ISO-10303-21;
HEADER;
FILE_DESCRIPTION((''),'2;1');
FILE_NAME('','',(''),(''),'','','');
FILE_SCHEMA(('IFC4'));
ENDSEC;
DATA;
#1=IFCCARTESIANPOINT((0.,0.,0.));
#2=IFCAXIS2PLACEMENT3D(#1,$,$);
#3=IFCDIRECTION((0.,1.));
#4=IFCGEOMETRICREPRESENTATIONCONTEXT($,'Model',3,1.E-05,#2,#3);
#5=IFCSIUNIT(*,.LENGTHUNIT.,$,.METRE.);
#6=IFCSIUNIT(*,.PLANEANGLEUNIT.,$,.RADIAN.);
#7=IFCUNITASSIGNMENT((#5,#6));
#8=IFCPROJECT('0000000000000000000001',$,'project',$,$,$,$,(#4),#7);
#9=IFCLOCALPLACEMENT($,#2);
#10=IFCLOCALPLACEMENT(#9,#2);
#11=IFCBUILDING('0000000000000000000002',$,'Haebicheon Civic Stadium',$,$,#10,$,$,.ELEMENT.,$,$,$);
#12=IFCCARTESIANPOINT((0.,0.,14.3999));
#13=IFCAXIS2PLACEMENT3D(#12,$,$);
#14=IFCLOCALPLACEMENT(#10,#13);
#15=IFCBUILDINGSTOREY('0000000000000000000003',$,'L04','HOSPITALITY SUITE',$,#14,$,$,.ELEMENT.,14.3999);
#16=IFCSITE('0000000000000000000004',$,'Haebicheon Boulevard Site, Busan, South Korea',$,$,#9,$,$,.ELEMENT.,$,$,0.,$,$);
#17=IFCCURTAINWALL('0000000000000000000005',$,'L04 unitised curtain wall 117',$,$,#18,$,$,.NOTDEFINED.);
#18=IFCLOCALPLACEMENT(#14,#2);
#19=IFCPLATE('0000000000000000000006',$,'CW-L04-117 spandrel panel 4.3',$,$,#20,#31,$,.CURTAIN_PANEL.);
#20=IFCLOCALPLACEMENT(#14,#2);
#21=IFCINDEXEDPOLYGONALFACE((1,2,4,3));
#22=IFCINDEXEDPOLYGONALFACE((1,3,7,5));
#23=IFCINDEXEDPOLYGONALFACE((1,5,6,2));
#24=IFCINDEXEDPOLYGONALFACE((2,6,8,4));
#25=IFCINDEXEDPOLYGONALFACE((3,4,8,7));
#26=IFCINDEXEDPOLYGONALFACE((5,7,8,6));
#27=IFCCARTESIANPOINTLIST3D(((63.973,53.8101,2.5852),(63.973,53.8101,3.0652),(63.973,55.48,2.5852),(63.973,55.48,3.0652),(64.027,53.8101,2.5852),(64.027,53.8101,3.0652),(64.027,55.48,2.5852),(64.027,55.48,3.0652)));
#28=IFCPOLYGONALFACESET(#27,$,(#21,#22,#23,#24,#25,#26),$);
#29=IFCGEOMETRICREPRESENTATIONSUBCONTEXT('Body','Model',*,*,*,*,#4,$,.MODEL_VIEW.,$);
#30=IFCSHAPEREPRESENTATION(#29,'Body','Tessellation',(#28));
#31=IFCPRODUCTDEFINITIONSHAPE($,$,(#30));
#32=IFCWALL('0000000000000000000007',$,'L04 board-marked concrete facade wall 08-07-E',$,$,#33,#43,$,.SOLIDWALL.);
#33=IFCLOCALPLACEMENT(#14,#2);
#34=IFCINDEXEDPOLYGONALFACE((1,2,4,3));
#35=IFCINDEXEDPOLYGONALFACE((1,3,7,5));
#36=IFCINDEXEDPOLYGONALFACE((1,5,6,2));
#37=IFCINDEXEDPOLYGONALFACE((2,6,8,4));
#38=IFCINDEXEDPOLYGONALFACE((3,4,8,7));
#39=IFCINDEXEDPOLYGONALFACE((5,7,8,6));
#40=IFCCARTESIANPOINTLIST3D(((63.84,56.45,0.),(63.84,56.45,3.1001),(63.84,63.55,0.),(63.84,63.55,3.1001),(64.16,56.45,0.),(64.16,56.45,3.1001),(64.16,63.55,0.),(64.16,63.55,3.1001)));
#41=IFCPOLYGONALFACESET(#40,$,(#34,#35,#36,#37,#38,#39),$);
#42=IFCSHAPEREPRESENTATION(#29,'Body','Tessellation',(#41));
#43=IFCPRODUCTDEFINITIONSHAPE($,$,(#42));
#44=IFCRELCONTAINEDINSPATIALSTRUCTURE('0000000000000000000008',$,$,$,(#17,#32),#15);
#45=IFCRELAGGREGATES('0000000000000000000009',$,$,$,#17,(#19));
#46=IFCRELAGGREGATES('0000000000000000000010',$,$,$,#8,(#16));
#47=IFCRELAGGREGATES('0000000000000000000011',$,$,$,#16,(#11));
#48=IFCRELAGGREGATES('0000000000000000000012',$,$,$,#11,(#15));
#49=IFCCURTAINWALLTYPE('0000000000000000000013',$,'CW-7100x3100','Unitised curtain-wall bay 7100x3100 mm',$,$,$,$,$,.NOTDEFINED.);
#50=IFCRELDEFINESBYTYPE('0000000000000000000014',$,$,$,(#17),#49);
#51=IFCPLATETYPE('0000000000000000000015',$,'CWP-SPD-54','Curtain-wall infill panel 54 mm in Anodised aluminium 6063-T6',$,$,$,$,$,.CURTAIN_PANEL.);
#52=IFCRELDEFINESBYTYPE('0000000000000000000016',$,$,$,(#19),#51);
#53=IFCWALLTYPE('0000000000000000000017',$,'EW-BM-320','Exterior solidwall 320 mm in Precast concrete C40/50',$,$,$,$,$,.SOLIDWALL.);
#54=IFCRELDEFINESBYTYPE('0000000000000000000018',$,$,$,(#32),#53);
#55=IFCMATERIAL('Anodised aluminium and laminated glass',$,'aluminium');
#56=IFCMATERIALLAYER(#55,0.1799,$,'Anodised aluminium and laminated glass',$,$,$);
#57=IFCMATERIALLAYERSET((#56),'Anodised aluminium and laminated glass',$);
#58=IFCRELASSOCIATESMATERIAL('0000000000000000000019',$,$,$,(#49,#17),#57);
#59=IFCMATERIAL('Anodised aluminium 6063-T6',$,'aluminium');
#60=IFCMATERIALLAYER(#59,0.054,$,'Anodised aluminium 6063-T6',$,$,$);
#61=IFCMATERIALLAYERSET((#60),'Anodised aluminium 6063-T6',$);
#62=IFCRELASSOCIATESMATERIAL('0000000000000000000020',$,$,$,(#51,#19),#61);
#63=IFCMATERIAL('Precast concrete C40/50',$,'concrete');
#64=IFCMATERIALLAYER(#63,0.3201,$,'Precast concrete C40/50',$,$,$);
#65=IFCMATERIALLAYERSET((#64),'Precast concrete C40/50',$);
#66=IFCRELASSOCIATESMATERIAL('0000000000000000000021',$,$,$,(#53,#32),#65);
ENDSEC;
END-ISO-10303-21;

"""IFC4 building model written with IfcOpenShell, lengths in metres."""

from ifc_helpers import new_model, si_unit, direction, frame, frame_2d, origin, origin_2d, place, context, subcontext, project, spatial, rectangle, extrude, material, layer, layer_set, type_object, element, aggregate, save


model = new_model("IFC4")

# Units and contexts
model_context = context("Model", 3, precision=1e-05, world=origin(), true_north=direction((0.0, 1.0)))
body_context = subcontext(model_context, "Body", "Model", "MODEL_VIEW")
ifc_project = project(units=[si_unit("LENGTHUNIT", "METRE"), si_unit("PLANEANGLEUNIT", "RADIAN")], contexts=[model_context])

# Site, building, storey
site_placement = place(None, origin())
site = spatial("IfcSite", under=ifc_project, at=site_placement, Name="Haebicheon Boulevard Site, Busan, South Korea", CompositionType="ELEMENT", RefElevation=0.0)
building_placement = place(site_placement, origin())
building = spatial("IfcBuilding", under=site, at=building_placement, Name="Haebicheon Civic Stadium", CompositionType="ELEMENT")
storey_placement = place(building_placement, frame((0.0, 0.0, 14.3999)))
storey = spatial("IfcBuildingStorey", under=building, at=storey_placement, Name="L04", Description="HOSPITALITY SUITE", CompositionType="ELEMENT", Elevation=14.3999)

# Curtain wall
ifc_material_1 = material(Name="Anodised aluminium and laminated glass", Category="aluminium")
ifc_layer_1 = layer(ifc_material_1, 0.1799, Name="Anodised aluminium and laminated glass")
ifc_layer_set_1 = layer_set([ifc_layer_1], Name="Anodised aluminium and laminated glass")
curtain_wall_type = type_object("IfcCurtainWallType", Name="CW-7100x3100", Description="Unitised curtain-wall bay 7100x3100 mm", PredefinedType="NOTDEFINED", material=ifc_layer_set_1)
curtain_wall_1_placement = place(storey_placement, origin())
curtain_wall_1 = element("IfcCurtainWall", 1, at=curtain_wall_1_placement, inside=storey, type_object=curtain_wall_type, material=ifc_layer_set_1, Name="L04 unitised curtain wall 117", PredefinedType="NOTDEFINED")

# Plate
ifc_material_2 = material(Name="Anodised aluminium 6063-T6", Category="aluminium")
ifc_layer_2 = layer(ifc_material_2, 0.054, Name="Anodised aluminium 6063-T6")
ifc_layer_set_2 = layer_set([ifc_layer_2], Name="Anodised aluminium 6063-T6")
plate_type_1 = type_object("IfcPlateType", Name="CWP-SPD-54", Description="Curtain-wall infill panel 54 mm in Anodised aluminium 6063-T6", PredefinedType="CURTAIN_PANEL", material=ifc_layer_set_2)
plate_1_placement = place(storey_placement, frame((64.0, 54.645, 2.5852), z_axis=(0.0, 0.0, 1.0), x_axis=(0.0, 1.0, 0.0)))
plate_1 = element("IfcPlate", 2, at=plate_1_placement, type_object=plate_type_1, material=ifc_layer_set_2, Name="CW-L04-117 spandrel panel 4.3", PredefinedType="CURTAIN_PANEL", context=body_context, shape_type="SweptSolid", body=[
    extrude(rectangle(XDim=1.6699, YDim=0.054, at=origin_2d()), origin(), (0.0, 0.0, 1.0), 0.48),
])
aggregate(curtain_wall_1, [plate_1])

# Wall
ifc_material_3 = material(Name="Precast concrete C40/50", Category="concrete")
ifc_layer_3 = layer(ifc_material_3, 0.3201, Name="Precast concrete C40/50")
ifc_layer_set_3 = layer_set([ifc_layer_3], Name="Precast concrete C40/50")
wall_type = type_object("IfcWallType", Name="EW-BM-320", Description="Exterior solidwall 320 mm in Precast concrete C40/50", PredefinedType="SOLIDWALL", material=ifc_layer_set_3)
wall_placement = place(storey_placement, frame((64.0, 56.45, 0.0), z_axis=(0.0, 0.0, 1.0), x_axis=(0.0, 1.0, 0.0)))
element("IfcWall", 3, at=wall_placement, inside=storey, type_object=wall_type, material=ifc_layer_set_3, Name="L04 board-marked concrete facade wall 08-07-E", PredefinedType="SOLIDWALL", context=body_context, shape_type="SweptSolid", body=[
    extrude(rectangle(XDim=7.1001, YDim=0.3201, at=frame_2d((3.55, 0.0))), origin(), (0.0, 0.0, 1.0), 3.1001),
])

save(model, "model.ifc")
